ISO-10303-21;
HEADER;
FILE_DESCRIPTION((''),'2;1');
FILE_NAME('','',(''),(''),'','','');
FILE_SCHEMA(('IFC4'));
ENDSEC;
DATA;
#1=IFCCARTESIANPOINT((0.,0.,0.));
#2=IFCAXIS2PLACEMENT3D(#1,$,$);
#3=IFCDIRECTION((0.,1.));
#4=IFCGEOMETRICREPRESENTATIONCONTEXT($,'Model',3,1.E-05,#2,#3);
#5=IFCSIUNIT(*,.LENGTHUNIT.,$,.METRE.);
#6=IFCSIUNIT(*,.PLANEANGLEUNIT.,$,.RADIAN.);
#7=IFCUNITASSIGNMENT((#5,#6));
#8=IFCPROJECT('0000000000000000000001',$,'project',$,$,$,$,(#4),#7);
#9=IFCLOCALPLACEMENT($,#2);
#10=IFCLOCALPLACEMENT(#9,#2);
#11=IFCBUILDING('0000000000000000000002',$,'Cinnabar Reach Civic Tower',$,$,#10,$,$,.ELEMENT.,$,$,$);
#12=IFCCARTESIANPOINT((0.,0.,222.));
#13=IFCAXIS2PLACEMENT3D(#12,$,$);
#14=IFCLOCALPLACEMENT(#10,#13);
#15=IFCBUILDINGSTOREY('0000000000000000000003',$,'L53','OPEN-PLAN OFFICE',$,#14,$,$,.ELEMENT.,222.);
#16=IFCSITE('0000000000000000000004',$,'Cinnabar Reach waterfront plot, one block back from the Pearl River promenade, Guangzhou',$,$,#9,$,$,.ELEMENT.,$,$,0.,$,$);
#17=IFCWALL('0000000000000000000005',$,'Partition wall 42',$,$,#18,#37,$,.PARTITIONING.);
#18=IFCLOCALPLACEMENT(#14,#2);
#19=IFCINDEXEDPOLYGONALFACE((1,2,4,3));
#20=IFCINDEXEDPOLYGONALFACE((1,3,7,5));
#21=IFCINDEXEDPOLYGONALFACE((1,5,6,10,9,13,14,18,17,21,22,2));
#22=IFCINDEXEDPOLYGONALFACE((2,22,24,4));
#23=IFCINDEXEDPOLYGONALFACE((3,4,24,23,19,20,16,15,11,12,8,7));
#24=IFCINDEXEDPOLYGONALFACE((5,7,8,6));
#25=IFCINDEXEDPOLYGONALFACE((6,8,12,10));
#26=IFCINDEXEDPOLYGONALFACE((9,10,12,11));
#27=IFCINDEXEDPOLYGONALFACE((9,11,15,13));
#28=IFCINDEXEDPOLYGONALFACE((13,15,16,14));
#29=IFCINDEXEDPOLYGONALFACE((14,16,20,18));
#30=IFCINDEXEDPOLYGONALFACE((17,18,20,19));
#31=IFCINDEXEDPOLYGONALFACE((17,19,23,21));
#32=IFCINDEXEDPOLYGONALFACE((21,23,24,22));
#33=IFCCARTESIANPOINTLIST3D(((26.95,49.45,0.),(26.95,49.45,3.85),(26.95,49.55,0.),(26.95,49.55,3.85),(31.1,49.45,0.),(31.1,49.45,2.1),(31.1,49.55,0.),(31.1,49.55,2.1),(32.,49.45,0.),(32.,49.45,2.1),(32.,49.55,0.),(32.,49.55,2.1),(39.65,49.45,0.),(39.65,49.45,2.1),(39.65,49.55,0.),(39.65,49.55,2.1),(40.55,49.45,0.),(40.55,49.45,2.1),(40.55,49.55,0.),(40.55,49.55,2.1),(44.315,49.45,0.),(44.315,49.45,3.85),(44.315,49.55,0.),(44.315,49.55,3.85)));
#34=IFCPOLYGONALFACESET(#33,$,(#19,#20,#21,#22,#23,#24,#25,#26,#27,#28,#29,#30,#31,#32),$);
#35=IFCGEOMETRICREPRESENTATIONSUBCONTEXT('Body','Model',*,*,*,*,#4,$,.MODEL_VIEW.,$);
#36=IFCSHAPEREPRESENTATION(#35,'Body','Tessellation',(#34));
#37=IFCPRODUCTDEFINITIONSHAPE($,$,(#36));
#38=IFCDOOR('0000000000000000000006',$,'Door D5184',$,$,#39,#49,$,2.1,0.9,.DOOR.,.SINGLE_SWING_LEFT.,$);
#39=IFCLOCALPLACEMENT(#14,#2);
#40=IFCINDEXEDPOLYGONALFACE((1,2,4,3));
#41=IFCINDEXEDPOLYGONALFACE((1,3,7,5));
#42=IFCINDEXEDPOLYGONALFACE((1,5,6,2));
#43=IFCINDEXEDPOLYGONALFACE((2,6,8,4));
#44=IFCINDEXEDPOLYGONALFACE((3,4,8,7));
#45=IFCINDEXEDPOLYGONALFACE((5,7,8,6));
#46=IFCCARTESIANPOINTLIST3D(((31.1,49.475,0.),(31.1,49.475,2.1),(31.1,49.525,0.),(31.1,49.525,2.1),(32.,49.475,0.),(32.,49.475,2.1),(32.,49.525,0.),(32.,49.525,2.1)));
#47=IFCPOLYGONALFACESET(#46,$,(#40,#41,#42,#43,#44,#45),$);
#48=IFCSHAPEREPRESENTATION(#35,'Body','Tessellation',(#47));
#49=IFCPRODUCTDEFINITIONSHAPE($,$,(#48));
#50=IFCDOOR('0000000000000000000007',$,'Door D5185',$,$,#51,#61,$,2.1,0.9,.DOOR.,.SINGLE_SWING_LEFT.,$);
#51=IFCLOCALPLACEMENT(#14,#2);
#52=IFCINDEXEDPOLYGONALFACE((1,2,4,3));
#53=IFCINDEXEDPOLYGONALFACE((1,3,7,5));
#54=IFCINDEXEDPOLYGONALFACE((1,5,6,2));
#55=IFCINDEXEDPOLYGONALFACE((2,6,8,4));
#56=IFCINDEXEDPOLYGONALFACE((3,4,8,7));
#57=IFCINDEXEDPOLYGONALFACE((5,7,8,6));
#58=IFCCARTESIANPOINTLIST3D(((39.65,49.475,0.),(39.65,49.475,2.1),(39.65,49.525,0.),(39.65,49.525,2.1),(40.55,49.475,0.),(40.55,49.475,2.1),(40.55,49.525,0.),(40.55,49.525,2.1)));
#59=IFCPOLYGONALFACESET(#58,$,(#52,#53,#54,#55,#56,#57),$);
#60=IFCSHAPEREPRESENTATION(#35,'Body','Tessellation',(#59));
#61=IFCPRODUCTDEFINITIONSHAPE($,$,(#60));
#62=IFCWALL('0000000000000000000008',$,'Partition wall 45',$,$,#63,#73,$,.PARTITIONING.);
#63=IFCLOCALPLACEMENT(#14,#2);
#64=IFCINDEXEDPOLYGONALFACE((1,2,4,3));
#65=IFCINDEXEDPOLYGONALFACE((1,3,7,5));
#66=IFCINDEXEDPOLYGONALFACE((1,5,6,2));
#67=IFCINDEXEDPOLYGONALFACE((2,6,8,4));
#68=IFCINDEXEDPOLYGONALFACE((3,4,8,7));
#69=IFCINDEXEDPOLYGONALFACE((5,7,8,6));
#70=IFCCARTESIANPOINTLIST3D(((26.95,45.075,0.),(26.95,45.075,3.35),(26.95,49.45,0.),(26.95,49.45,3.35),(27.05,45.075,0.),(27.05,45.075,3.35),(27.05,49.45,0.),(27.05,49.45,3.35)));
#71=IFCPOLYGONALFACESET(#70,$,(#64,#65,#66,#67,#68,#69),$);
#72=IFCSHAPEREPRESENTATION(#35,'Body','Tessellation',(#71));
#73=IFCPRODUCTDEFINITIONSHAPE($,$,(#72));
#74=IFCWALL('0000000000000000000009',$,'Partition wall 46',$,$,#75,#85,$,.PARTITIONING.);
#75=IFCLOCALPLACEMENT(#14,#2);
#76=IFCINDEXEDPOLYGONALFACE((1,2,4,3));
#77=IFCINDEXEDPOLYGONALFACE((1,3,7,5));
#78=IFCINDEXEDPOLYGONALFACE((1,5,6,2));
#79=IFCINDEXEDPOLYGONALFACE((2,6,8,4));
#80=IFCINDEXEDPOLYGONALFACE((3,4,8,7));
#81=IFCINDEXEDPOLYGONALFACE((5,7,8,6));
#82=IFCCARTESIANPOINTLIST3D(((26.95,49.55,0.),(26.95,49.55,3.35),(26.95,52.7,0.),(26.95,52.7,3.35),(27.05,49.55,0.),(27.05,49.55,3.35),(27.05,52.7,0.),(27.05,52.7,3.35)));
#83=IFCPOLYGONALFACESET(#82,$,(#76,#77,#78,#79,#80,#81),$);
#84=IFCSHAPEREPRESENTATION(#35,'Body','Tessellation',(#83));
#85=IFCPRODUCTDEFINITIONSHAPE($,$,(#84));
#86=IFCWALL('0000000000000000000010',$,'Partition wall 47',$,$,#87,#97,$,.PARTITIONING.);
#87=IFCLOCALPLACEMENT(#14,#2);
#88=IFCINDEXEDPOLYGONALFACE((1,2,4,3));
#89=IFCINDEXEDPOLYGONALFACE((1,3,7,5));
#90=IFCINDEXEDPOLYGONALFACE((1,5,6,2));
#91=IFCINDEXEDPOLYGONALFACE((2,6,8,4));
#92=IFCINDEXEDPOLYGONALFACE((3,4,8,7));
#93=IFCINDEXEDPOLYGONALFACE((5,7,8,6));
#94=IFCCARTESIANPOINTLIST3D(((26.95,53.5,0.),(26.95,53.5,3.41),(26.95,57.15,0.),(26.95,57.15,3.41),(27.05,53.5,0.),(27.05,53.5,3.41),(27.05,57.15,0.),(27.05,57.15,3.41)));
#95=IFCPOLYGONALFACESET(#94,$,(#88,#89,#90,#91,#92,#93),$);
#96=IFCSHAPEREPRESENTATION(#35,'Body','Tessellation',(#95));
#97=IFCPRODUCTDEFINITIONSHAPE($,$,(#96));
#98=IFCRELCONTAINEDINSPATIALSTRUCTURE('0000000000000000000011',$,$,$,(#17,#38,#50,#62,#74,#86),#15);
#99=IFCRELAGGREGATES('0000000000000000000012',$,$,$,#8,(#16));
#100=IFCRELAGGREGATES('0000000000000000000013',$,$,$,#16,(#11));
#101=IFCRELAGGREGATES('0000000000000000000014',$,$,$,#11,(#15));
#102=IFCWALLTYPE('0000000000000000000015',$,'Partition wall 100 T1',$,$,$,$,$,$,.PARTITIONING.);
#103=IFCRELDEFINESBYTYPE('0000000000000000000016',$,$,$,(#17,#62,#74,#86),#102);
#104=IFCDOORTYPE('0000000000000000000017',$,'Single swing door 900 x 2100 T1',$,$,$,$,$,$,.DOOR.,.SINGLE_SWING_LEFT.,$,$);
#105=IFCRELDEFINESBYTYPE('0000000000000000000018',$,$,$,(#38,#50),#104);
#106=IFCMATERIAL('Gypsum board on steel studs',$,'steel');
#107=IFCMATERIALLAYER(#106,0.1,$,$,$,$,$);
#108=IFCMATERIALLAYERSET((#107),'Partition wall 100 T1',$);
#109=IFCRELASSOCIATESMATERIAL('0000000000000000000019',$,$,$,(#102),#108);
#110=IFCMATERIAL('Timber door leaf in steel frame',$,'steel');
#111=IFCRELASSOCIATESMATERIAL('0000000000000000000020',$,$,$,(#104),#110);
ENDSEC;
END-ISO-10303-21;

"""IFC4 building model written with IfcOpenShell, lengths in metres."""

from ifc_helpers import new_model, si_unit, direction, frame, frame_2d, origin, place, context, subcontext, project, spatial, rectangle, extrude, material, layer, layer_set, type_object, element, fill, save


model = new_model("IFC4")

# Units and contexts
model_context = context("Model", 3, precision=1e-05, world=origin(), true_north=direction((0.0, 1.0)))
body_context = subcontext(model_context, "Body", "Model", "MODEL_VIEW")
ifc_project = project(units=[si_unit("LENGTHUNIT", "METRE"), si_unit("PLANEANGLEUNIT", "RADIAN")], contexts=[model_context])

# Site, building, storey
site_placement = place(None, origin())
site = spatial("IfcSite", under=ifc_project, at=site_placement, Name="Cinnabar Reach waterfront plot, one block back from the Pearl River promenade, Guangzhou", CompositionType="ELEMENT", RefElevation=0.0)
building_placement = place(site_placement, origin())
building = spatial("IfcBuilding", under=site, at=building_placement, Name="Cinnabar Reach Civic Tower", CompositionType="ELEMENT")
storey_placement = place(building_placement, frame((0.0, 0.0, 222.0)))
storey = spatial("IfcBuildingStorey", under=building, at=storey_placement, Name="L53", Description="OPEN-PLAN OFFICE", CompositionType="ELEMENT", Elevation=222.0)

# Wall, openings, doors
ifc_material_1 = material(Name="Gypsum board on steel studs", Category="steel")
ifc_layer_1 = layer(ifc_material_1, 0.1)
ifc_layer_set_1 = layer_set([ifc_layer_1], Name="Partition wall 100 T1")
wall_type_1 = type_object("IfcWallType", Name="Partition wall 100 T1", PredefinedType="PARTITIONING", material=ifc_layer_set_1)
wall_1_placement = place(storey_placement, frame((26.95, 49.5, 0.0), z_axis=(0.0, 0.0, 1.0), x_axis=(1.0, 0.0, 0.0)))
wall_1 = element("IfcWall", 1, at=wall_1_placement, inside=storey, type_object=wall_type_1, Name="Partition wall 42", PredefinedType="PARTITIONING", context=body_context, shape_type="SweptSolid", body=[
    extrude(rectangle(XDim=17.365, YDim=0.1, at=frame_2d((8.6825, 0.0))), origin(), (0.0, 0.0, 1.0), 3.85),
])
opening_1_placement = place(wall_1_placement, frame((4.15, 0.0, 0.0)))
opening_1 = element("IfcOpeningElement", 2, at=opening_1_placement, cuts=wall_1, PredefinedType="OPENING", context=body_context, shape_type="SweptSolid", body=[
    extrude(rectangle(XDim=0.9, YDim=2.1, at=frame_2d((0.45, 1.05))), frame((0.0, 0.06, 0.0), z_axis=(0.0, -1.0, 0.0), x_axis=(1.0, 0.0, 0.0)), (0.0, 0.0, 1.0), 0.12),
])
opening_2_placement = place(wall_1_placement, frame((12.7, 0.0, 0.0)))
opening_2 = element("IfcOpeningElement", 3, at=opening_2_placement, cuts=wall_1, PredefinedType="OPENING", context=body_context, shape_type="SweptSolid", body=[
    extrude(rectangle(XDim=0.9, YDim=2.1, at=frame_2d((0.45, 1.05))), frame((0.0, 0.06, 0.0), z_axis=(0.0, -1.0, 0.0), x_axis=(1.0, 0.0, 0.0)), (0.0, 0.0, 1.0), 0.12),
])
ifc_material_2 = material(Name="Timber door leaf in steel frame", Category="steel")
door_type = type_object("IfcDoorType", Name="Single swing door 900 x 2100 T1", OperationType="SINGLE_SWING_LEFT", PredefinedType="DOOR", material=ifc_material_2)
door_1_placement = place(opening_1_placement, origin())
door_1 = element("IfcDoor", 4, at=door_1_placement, inside=storey, type_object=door_type, Name="Door D5184", OperationType="SINGLE_SWING_LEFT", OverallHeight=2.1, OverallWidth=0.9, PredefinedType="DOOR", context=body_context, shape_type="SweptSolid", body=[
    extrude(rectangle(XDim=0.9, YDim=2.1, at=frame_2d((0.45, 1.05))), frame((0.0, 0.025, 0.0), z_axis=(0.0, -1.0, 0.0), x_axis=(1.0, 0.0, 0.0)), (0.0, 0.0, 1.0), 0.05),
])
fill(opening_1, door_1)
door_2_placement = place(opening_2_placement, origin())
door_2 = element("IfcDoor", 5, at=door_2_placement, inside=storey, type_object=door_type, Name="Door D5185", OperationType="SINGLE_SWING_LEFT", OverallHeight=2.1, OverallWidth=0.9, PredefinedType="DOOR", context=body_context, shape_type="SweptSolid", body=[
    extrude(rectangle(XDim=0.9, YDim=2.1, at=frame_2d((0.45, 1.05))), frame((0.0, 0.025, 0.0), z_axis=(0.0, -1.0, 0.0), x_axis=(1.0, 0.0, 0.0)), (0.0, 0.0, 1.0), 0.05),
])
fill(opening_2, door_2)

# Walls
wall_2_placement = place(storey_placement, frame((27.0, 45.075, 0.0), z_axis=(0.0, 0.0, 1.0), x_axis=(0.0, 1.0, 0.0)))
element("IfcWall", 6, at=wall_2_placement, inside=storey, type_object=wall_type_1, Name="Partition wall 45", PredefinedType="PARTITIONING", context=body_context, shape_type="SweptSolid", body=[
    extrude(rectangle(XDim=4.375, YDim=0.1, at=frame_2d((2.1875, 0.0))), origin(), (0.0, 0.0, 1.0), 3.35),
])
wall_3_placement = place(storey_placement, frame((27.0, 49.55, 0.0), z_axis=(0.0, 0.0, 1.0), x_axis=(0.0, 1.0, 0.0)))
element("IfcWall", 7, at=wall_3_placement, inside=storey, type_object=wall_type_1, Name="Partition wall 46", PredefinedType="PARTITIONING", context=body_context, shape_type="SweptSolid", body=[
    extrude(rectangle(XDim=3.15, YDim=0.1, at=frame_2d((1.575, 0.0))), origin(), (0.0, 0.0, 1.0), 3.35),
])
wall_4_placement = place(storey_placement, frame((27.0, 53.5, 0.0), z_axis=(0.0, 0.0, 1.0), x_axis=(0.0, 1.0, 0.0)))
element("IfcWall", 8, at=wall_4_placement, inside=storey, type_object=wall_type_1, Name="Partition wall 47", PredefinedType="PARTITIONING", context=body_context, shape_type="SweptSolid", body=[
    extrude(rectangle(XDim=3.65, YDim=0.1, at=frame_2d((1.825, 0.0))), origin(), (0.0, 0.0, 1.0), 3.41),
])

save(model, "model.ifc")
